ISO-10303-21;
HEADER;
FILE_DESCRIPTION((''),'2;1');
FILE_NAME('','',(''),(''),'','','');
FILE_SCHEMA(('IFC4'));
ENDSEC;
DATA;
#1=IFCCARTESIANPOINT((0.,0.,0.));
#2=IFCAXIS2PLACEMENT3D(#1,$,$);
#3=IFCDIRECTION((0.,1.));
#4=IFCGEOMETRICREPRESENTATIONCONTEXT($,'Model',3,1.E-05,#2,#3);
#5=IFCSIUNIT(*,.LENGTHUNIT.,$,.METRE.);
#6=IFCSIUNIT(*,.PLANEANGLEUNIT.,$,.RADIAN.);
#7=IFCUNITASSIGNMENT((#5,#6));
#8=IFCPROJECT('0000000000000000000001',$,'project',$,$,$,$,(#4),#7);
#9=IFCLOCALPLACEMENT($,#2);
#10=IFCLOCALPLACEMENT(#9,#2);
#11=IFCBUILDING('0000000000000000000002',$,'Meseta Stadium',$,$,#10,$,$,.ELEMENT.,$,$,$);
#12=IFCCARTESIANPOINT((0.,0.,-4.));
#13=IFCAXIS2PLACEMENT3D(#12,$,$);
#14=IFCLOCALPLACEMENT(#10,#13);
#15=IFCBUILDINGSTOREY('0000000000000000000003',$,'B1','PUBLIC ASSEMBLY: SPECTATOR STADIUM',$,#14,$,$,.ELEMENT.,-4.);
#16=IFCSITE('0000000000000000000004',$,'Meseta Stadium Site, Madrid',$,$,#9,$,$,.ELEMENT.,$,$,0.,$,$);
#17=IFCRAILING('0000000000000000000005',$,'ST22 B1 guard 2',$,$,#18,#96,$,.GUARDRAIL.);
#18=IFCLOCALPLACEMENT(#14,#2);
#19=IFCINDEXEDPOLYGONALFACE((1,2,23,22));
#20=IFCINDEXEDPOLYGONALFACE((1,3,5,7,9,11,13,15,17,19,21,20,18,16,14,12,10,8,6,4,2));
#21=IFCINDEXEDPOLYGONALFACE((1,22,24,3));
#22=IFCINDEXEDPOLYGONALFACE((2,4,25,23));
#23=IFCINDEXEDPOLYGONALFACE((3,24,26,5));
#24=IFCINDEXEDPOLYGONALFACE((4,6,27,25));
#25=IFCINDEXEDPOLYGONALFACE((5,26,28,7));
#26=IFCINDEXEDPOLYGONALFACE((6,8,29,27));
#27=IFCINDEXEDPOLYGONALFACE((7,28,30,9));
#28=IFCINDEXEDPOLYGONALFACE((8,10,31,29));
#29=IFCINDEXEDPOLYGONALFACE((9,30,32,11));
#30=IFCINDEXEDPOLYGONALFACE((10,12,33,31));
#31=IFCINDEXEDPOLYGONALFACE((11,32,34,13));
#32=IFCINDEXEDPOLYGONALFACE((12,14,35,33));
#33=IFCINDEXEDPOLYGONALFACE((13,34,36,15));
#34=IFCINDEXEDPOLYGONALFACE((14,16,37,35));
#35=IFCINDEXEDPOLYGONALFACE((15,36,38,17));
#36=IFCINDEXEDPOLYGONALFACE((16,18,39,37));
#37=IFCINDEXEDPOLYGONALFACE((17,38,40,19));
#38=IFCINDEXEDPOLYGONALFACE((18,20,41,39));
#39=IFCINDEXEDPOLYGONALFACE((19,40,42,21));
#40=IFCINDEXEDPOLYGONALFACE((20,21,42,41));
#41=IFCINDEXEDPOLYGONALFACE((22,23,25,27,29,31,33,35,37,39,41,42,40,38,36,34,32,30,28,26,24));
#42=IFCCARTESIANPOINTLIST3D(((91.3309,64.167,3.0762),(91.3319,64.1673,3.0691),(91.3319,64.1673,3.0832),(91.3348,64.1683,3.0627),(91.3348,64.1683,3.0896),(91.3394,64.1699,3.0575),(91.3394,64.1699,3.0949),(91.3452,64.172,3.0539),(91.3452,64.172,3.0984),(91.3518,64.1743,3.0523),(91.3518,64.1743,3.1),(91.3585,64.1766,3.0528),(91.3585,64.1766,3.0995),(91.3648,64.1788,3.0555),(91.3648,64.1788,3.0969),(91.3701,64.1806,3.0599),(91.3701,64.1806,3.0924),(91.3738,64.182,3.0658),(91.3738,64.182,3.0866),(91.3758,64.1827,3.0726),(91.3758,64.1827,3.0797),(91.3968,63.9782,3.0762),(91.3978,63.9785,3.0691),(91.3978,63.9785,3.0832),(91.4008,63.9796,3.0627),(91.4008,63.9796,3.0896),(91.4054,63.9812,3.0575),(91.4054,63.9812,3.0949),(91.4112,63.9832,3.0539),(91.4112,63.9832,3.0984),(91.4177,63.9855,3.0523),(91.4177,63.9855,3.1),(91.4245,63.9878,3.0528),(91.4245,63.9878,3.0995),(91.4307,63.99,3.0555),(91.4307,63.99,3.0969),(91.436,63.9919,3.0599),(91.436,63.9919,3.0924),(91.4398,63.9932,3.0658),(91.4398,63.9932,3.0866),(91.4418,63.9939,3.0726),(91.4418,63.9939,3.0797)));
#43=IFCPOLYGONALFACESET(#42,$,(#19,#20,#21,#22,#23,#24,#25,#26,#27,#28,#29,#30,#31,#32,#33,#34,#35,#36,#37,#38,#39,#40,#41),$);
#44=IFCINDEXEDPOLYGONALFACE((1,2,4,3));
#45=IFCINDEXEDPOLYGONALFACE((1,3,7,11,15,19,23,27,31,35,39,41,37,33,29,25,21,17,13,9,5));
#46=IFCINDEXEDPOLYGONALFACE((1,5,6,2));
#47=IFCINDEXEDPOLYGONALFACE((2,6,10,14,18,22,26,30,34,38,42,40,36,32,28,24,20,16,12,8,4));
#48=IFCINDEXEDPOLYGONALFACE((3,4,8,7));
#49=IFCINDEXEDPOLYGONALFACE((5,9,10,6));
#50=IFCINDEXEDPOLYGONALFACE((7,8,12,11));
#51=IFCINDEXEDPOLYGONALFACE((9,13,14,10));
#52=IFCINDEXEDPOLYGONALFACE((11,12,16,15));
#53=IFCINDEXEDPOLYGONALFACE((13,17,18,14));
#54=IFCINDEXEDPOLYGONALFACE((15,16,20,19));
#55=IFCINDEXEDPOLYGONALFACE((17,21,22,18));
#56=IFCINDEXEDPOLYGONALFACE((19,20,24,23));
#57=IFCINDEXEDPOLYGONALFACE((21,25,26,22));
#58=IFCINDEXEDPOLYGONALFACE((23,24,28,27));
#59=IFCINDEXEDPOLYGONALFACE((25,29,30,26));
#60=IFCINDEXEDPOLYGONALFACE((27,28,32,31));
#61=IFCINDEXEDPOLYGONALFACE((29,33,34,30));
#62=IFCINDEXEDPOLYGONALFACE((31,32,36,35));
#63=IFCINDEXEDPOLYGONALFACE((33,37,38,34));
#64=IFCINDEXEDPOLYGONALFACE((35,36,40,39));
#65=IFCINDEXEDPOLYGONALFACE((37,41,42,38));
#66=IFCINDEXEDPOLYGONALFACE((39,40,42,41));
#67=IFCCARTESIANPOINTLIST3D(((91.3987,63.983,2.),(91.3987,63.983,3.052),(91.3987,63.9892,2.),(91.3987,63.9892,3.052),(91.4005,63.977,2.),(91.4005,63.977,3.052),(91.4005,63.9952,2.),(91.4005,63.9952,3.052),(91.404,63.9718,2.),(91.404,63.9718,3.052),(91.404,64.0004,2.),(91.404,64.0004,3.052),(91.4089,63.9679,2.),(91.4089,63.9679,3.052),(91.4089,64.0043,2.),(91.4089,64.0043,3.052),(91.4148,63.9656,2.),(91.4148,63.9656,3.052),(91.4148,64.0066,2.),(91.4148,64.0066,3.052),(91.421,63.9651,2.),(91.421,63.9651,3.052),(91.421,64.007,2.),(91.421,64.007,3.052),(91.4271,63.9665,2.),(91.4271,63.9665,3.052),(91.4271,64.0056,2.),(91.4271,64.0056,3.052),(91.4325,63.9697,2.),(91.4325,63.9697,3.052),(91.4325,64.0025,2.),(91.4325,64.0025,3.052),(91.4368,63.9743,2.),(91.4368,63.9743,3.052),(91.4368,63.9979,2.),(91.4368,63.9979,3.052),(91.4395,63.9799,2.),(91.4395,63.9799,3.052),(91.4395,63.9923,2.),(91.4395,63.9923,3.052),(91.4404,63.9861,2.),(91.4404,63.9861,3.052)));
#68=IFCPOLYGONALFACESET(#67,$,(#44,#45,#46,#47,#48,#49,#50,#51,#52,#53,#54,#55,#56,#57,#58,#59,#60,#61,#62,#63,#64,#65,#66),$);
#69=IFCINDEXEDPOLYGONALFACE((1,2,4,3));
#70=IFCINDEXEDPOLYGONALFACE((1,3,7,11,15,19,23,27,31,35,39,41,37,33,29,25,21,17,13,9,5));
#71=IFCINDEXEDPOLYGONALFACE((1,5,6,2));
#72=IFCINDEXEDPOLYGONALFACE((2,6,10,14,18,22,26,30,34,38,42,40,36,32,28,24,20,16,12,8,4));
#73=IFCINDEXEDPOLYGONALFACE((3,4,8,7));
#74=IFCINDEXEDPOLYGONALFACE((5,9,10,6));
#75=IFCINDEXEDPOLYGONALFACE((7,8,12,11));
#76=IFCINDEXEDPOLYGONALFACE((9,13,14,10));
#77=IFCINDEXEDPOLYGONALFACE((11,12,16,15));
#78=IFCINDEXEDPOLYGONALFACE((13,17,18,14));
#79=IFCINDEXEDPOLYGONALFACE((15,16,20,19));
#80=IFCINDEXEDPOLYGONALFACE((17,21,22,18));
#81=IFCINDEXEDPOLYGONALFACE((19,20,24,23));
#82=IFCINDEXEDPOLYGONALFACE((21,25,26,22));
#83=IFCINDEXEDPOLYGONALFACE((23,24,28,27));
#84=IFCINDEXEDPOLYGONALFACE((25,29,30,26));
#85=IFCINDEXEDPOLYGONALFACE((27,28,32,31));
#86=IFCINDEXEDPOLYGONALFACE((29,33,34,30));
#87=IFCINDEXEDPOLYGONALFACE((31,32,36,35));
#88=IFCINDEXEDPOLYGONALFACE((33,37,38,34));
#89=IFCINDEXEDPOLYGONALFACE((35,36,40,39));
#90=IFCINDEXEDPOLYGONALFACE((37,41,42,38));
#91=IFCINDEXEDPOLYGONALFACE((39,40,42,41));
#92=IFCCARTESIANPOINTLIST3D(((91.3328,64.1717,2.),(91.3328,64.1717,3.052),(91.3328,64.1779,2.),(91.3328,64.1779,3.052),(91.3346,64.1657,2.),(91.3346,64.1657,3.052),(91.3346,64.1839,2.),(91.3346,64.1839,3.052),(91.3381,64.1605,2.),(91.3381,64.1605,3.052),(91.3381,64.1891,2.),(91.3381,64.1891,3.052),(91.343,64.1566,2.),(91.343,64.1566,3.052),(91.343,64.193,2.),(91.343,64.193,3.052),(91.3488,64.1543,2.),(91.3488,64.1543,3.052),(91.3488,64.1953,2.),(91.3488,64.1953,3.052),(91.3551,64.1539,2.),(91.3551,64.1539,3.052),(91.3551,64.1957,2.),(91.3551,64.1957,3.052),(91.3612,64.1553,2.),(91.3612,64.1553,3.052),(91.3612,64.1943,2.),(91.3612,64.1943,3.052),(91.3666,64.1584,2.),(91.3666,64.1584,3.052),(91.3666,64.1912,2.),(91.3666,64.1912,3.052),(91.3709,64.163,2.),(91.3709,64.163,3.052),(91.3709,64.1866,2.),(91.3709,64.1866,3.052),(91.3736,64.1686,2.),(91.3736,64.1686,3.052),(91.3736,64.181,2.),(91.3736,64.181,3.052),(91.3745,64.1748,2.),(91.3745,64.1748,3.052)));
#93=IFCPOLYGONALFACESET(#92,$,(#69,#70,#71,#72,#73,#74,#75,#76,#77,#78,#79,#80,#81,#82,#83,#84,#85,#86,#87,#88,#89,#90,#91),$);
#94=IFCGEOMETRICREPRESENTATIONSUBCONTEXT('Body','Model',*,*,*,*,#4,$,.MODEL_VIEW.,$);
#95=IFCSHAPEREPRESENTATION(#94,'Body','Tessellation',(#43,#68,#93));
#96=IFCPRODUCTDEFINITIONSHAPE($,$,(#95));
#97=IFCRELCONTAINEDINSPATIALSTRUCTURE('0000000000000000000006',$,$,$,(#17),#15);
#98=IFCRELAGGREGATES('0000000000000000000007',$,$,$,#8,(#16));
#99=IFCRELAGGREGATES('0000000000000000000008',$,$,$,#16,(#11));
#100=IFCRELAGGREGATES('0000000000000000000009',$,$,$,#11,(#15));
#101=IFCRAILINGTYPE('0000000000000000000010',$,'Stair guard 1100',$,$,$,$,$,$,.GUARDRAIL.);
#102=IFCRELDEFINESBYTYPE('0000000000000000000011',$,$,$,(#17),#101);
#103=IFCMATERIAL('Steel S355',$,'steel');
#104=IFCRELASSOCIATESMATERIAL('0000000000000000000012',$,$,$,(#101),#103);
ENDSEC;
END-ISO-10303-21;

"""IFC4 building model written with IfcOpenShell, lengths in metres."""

from ifc_helpers import new_model, si_unit, direction, frame, origin, origin_2d, place, context, subcontext, project, spatial, circle, extrude, material, type_object, element, save


model = new_model("IFC4")

# Units and contexts
model_context = context("Model", 3, precision=1e-05, world=origin(), true_north=direction((0.0, 1.0)))
body_context = subcontext(model_context, "Body", "Model", "MODEL_VIEW")
ifc_project = project(units=[si_unit("LENGTHUNIT", "METRE"), si_unit("PLANEANGLEUNIT", "RADIAN")], contexts=[model_context])

# Site, building, storey
site_placement = place(None, origin())
site = spatial("IfcSite", under=ifc_project, at=site_placement, Name="Meseta Stadium Site, Madrid", CompositionType="ELEMENT", RefElevation=0.0)
building_placement = place(site_placement, origin())
building = spatial("IfcBuilding", under=site, at=building_placement, Name="Meseta Stadium", CompositionType="ELEMENT")
storey_placement = place(building_placement, frame((0.0, 0.0, -4.0)))
storey = spatial("IfcBuildingStorey", under=building, at=storey_placement, Name="B1", Description="PUBLIC ASSEMBLY: SPECTATOR STADIUM", CompositionType="ELEMENT", Elevation=-4.0)

# Railing
ifc_material_1 = material(Name="Steel S355", Category="steel")
railing_type_1 = type_object("IfcRailingType", Name="Stair guard 1100", PredefinedType="GUARDRAIL", material=ifc_material_1)
railing_1_placement = place(storey_placement, frame((91.4194, 63.9861, 2.0)))
element("IfcRailing", 1, at=railing_1_placement, inside=storey, type_object=railing_type_1, Name="ST22 B1 guard 2", PredefinedType="GUARDRAIL", context=body_context, shape_type="SweptSolid", body=[
    extrude(circle(Radius=0.0239, at=origin_2d()), frame((0.0, 0.0, 1.0762), z_axis=(-0.329752, 0.944068, 0.0), x_axis=(-0.944068, -0.329752, 0.0)), (0.0, 0.0, 1.0), 0.2),
    extrude(circle(Radius=0.021, at=origin_2d()), origin(), (0.0, 0.0, 1.0), 1.052),
    extrude(circle(Radius=0.021, at=origin_2d()), frame((-0.0659, 0.1887, 0.0)), (0.0, 0.0, 1.0), 1.052),
])

save(model, "model.ifc")
